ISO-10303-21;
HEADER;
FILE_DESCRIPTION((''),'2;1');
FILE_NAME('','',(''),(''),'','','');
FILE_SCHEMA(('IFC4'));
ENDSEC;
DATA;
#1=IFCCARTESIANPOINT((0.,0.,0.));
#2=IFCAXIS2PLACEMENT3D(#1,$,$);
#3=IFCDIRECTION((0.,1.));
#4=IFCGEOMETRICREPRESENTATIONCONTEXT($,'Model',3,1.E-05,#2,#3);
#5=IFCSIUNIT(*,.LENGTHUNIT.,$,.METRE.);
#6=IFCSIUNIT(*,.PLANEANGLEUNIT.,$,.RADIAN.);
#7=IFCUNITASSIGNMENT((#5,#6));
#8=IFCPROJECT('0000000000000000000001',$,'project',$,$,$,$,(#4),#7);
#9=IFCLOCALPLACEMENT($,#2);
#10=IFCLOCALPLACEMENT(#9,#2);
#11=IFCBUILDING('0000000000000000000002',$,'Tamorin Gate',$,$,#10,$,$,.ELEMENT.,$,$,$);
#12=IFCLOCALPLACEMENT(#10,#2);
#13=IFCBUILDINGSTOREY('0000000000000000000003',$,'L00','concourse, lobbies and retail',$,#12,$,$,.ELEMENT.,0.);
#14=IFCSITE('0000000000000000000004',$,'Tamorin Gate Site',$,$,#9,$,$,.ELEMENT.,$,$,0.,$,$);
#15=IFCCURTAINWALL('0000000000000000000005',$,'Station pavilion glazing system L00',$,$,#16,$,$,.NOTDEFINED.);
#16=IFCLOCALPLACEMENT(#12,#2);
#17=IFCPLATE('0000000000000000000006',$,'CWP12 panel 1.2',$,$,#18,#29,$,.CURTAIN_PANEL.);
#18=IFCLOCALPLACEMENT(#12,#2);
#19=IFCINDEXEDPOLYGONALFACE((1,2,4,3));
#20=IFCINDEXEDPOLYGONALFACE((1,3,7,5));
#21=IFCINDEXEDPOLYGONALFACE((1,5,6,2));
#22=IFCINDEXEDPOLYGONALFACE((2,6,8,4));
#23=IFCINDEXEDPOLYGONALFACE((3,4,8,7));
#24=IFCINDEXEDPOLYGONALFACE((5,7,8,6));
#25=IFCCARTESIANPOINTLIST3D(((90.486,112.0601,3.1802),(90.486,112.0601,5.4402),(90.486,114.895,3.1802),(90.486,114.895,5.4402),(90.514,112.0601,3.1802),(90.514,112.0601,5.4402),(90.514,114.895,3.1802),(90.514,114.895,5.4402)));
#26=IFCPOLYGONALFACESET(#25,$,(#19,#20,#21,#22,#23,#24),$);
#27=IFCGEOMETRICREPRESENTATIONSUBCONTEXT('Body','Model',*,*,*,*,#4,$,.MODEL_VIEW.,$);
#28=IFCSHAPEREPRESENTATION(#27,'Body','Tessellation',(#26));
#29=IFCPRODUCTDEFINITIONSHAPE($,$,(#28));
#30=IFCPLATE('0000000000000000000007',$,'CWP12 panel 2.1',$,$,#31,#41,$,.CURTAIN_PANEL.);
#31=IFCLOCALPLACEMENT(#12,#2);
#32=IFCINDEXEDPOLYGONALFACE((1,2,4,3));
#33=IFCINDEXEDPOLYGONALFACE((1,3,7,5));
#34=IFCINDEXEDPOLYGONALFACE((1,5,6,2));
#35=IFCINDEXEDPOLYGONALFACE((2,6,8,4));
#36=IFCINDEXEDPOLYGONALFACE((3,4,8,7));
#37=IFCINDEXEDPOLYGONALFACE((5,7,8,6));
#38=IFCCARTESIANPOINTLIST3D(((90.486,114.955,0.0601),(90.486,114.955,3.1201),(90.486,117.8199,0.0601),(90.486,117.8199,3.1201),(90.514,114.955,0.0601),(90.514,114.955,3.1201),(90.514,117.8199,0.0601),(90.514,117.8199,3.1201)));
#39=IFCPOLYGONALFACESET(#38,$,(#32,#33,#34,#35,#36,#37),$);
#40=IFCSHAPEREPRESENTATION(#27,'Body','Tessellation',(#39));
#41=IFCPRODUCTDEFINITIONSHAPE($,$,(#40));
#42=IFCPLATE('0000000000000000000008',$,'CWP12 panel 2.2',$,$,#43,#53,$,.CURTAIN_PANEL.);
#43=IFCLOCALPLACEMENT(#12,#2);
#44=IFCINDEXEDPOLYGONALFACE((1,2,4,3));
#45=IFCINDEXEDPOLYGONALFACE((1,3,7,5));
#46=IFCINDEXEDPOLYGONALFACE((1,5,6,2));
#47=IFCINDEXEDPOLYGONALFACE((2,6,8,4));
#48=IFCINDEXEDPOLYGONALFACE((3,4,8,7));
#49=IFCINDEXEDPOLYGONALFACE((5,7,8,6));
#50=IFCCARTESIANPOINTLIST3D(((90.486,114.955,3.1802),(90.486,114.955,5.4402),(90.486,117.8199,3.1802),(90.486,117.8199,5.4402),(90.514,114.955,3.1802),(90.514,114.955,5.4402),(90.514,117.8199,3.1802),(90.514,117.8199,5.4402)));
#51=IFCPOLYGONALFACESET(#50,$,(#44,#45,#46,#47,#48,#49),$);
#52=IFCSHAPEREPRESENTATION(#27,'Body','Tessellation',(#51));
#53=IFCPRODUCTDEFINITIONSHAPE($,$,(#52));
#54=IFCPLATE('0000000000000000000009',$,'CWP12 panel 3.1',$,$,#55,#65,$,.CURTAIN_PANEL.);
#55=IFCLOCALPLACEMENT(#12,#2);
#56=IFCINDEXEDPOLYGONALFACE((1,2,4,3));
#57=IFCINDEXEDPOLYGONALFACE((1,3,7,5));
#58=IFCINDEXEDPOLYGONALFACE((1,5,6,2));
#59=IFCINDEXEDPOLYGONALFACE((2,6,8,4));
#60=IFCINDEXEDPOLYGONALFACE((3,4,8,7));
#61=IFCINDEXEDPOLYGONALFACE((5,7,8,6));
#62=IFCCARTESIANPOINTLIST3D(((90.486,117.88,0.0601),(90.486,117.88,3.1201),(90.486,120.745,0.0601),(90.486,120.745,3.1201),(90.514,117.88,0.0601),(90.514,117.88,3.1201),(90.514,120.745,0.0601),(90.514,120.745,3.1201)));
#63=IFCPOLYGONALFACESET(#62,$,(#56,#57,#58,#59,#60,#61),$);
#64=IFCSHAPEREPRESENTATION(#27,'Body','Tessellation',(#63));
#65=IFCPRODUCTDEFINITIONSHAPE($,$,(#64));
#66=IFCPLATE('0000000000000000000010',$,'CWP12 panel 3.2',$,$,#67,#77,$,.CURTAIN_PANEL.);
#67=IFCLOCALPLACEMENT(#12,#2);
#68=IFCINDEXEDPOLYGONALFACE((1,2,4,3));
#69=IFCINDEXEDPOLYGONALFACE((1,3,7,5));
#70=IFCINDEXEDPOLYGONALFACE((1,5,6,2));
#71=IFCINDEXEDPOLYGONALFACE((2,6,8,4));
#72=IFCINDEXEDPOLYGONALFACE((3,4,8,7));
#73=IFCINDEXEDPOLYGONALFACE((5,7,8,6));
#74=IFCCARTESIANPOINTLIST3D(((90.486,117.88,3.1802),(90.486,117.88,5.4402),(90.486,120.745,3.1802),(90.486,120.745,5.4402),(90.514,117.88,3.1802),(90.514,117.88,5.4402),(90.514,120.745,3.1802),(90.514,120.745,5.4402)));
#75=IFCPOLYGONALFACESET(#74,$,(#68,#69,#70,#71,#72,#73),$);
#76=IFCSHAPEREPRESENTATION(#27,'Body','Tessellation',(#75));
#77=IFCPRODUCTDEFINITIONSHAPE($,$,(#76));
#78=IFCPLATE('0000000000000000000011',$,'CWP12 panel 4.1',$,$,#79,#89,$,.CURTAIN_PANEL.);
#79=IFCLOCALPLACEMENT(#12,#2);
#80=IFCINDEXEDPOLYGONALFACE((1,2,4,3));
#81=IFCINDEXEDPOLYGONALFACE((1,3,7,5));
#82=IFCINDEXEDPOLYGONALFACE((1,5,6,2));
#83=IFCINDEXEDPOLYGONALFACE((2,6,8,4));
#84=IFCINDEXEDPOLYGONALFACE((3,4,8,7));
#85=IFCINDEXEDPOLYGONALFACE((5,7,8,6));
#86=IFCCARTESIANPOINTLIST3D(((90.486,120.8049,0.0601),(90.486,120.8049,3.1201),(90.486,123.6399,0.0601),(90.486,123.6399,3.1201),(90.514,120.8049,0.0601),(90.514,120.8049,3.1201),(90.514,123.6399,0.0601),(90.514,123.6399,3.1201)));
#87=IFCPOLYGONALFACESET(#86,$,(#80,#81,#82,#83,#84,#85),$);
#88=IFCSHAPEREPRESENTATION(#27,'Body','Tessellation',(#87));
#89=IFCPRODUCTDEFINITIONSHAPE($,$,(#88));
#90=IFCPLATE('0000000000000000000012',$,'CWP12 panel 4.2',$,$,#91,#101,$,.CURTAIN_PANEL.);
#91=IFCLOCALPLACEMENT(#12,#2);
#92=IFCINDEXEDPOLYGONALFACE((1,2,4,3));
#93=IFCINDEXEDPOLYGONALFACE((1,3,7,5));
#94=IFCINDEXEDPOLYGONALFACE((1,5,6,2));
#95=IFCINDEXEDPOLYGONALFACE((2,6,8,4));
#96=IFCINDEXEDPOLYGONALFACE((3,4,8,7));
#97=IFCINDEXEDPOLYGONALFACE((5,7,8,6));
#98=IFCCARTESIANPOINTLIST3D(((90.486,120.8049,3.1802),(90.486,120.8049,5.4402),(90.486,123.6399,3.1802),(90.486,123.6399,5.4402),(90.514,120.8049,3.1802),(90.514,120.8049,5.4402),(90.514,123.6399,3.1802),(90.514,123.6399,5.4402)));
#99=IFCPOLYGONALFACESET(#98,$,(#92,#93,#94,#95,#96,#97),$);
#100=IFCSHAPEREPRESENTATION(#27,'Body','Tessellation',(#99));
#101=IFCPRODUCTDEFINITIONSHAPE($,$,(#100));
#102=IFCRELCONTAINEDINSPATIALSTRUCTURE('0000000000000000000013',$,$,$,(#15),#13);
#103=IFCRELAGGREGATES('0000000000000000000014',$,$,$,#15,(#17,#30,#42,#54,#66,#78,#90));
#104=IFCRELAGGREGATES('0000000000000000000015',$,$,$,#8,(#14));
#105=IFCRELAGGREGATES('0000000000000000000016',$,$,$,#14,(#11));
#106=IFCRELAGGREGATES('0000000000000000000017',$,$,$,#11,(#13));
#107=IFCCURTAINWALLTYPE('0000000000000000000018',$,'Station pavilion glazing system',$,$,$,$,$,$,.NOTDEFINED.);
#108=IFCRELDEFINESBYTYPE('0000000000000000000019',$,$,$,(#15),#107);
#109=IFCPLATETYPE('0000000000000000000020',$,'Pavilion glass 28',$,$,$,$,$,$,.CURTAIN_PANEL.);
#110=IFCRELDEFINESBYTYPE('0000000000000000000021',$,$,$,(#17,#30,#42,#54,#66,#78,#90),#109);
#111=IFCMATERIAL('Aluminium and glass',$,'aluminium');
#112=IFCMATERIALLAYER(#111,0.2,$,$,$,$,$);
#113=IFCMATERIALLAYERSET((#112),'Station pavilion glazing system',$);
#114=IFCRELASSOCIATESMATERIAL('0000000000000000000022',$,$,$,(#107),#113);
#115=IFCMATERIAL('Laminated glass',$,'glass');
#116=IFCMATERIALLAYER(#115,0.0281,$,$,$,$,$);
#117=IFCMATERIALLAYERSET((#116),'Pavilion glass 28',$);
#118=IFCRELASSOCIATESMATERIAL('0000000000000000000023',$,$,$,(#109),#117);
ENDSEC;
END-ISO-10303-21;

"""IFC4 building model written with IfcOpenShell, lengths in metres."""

from ifc_helpers import new_model, si_unit, direction, frame, origin, origin_2d, place, context, subcontext, project, spatial, rectangle, extrude, material, layer, layer_set, type_object, element, aggregate, save


model = new_model("IFC4")

# Units and contexts
model_context = context("Model", 3, precision=1e-05, world=origin(), true_north=direction((0.0, 1.0)))
body_context = subcontext(model_context, "Body", "Model", "MODEL_VIEW")
ifc_project = project(units=[si_unit("LENGTHUNIT", "METRE"), si_unit("PLANEANGLEUNIT", "RADIAN")], contexts=[model_context])

# Site, building, storey
site_placement = place(None, origin())
site = spatial("IfcSite", under=ifc_project, at=site_placement, Name="Tamorin Gate Site", CompositionType="ELEMENT", RefElevation=0.0)
building_placement = place(site_placement, origin())
building = spatial("IfcBuilding", under=site, at=building_placement, Name="Tamorin Gate", CompositionType="ELEMENT")
storey_placement = place(building_placement, origin())
storey = spatial("IfcBuildingStorey", under=building, at=storey_placement, Name="L00", Description="concourse, lobbies and retail", CompositionType="ELEMENT", Elevation=0.0)

# Shared definitions
ifc_material_1 = material(Name="Aluminium and glass", Category="aluminium")
ifc_layer_1 = layer(ifc_material_1, 0.2)
ifc_layer_set_1 = layer_set([ifc_layer_1], Name="Station pavilion glazing system")
curtain_wall_type = type_object("IfcCurtainWallType", Name="Station pavilion glazing system", PredefinedType="NOTDEFINED", material=ifc_layer_set_1)

# Curtain wall
curtain_wall_1_placement = place(storey_placement, origin())
curtain_wall_1 = element("IfcCurtainWall", 1, at=curtain_wall_1_placement, inside=storey, type_object=curtain_wall_type, Name="Station pavilion glazing system L00", PredefinedType="NOTDEFINED")

# Plates
ifc_material_2 = material(Name="Laminated glass", Category="glass")
ifc_layer_2 = layer(ifc_material_2, 0.0281)
ifc_layer_set_2 = layer_set([ifc_layer_2], Name="Pavilion glass 28")
plate_type = type_object("IfcPlateType", Name="Pavilion glass 28", PredefinedType="CURTAIN_PANEL", material=ifc_layer_set_2)
plate_1_placement = place(storey_placement, frame((90.5, 113.4775, 3.1802), z_axis=(0.0, 0.0, 1.0), x_axis=(0.0, 1.0, 0.0)))
plate_1 = element("IfcPlate", 2, at=plate_1_placement, type_object=plate_type, Name="CWP12 panel 1.2", PredefinedType="CURTAIN_PANEL", context=body_context, shape_type="SweptSolid", body=[
    extrude(rectangle(XDim=2.835, YDim=0.0281, at=origin_2d()), origin(), (0.0, 0.0, 1.0), 2.26),
])
plate_2_placement = place(storey_placement, frame((90.5, 116.3875, 0.0601), z_axis=(0.0, 0.0, 1.0), x_axis=(0.0, 1.0, 0.0)))
plate_2 = element("IfcPlate", 3, at=plate_2_placement, type_object=plate_type, Name="CWP12 panel 2.1", PredefinedType="CURTAIN_PANEL", context=body_context, shape_type="SweptSolid", body=[
    extrude(rectangle(XDim=2.865, YDim=0.0281, at=origin_2d()), origin(), (0.0, 0.0, 1.0), 3.0601),
])
plate_3_placement = place(storey_placement, frame((90.5, 116.3875, 3.1802), z_axis=(0.0, 0.0, 1.0), x_axis=(0.0, 1.0, 0.0)))
plate_3 = element("IfcPlate", 4, at=plate_3_placement, type_object=plate_type, Name="CWP12 panel 2.2", PredefinedType="CURTAIN_PANEL", context=body_context, shape_type="SweptSolid", body=[
    extrude(rectangle(XDim=2.865, YDim=0.0281, at=origin_2d()), origin(), (0.0, 0.0, 1.0), 2.26),
])
plate_4_placement = place(storey_placement, frame((90.5, 119.3125, 0.0601), z_axis=(0.0, 0.0, 1.0), x_axis=(0.0, 1.0, 0.0)))
plate_4 = element("IfcPlate", 5, at=plate_4_placement, type_object=plate_type, Name="CWP12 panel 3.1", PredefinedType="CURTAIN_PANEL", context=body_context, shape_type="SweptSolid", body=[
    extrude(rectangle(XDim=2.865, YDim=0.0281, at=origin_2d()), origin(), (0.0, 0.0, 1.0), 3.0601),
])
plate_5_placement = place(storey_placement, frame((90.5, 119.3125, 3.1802), z_axis=(0.0, 0.0, 1.0), x_axis=(0.0, 1.0, 0.0)))
plate_5 = element("IfcPlate", 6, at=plate_5_placement, type_object=plate_type, Name="CWP12 panel 3.2", PredefinedType="CURTAIN_PANEL", context=body_context, shape_type="SweptSolid", body=[
    extrude(rectangle(XDim=2.865, YDim=0.0281, at=origin_2d()), origin(), (0.0, 0.0, 1.0), 2.26),
])
plate_6_placement = place(storey_placement, frame((90.5, 122.2224, 0.0601), z_axis=(0.0, 0.0, 1.0), x_axis=(0.0, 1.0, 0.0)))
plate_6 = element("IfcPlate", 7, at=plate_6_placement, type_object=plate_type, Name="CWP12 panel 4.1", PredefinedType="CURTAIN_PANEL", context=body_context, shape_type="SweptSolid", body=[
    extrude(rectangle(XDim=2.835, YDim=0.0281, at=origin_2d()), origin(), (0.0, 0.0, 1.0), 3.0601),
])
plate_7_placement = place(storey_placement, frame((90.5, 122.2224, 3.1802), z_axis=(0.0, 0.0, 1.0), x_axis=(0.0, 1.0, 0.0)))
plate_7 = element("IfcPlate", 8, at=plate_7_placement, type_object=plate_type, Name="CWP12 panel 4.2", PredefinedType="CURTAIN_PANEL", context=body_context, shape_type="SweptSolid", body=[
    extrude(rectangle(XDim=2.835, YDim=0.0281, at=origin_2d()), origin(), (0.0, 0.0, 1.0), 2.26),
])
aggregate(curtain_wall_1, [plate_1, plate_2, plate_3, plate_4, plate_5, plate_6, plate_7])

save(model, "model.ifc")
